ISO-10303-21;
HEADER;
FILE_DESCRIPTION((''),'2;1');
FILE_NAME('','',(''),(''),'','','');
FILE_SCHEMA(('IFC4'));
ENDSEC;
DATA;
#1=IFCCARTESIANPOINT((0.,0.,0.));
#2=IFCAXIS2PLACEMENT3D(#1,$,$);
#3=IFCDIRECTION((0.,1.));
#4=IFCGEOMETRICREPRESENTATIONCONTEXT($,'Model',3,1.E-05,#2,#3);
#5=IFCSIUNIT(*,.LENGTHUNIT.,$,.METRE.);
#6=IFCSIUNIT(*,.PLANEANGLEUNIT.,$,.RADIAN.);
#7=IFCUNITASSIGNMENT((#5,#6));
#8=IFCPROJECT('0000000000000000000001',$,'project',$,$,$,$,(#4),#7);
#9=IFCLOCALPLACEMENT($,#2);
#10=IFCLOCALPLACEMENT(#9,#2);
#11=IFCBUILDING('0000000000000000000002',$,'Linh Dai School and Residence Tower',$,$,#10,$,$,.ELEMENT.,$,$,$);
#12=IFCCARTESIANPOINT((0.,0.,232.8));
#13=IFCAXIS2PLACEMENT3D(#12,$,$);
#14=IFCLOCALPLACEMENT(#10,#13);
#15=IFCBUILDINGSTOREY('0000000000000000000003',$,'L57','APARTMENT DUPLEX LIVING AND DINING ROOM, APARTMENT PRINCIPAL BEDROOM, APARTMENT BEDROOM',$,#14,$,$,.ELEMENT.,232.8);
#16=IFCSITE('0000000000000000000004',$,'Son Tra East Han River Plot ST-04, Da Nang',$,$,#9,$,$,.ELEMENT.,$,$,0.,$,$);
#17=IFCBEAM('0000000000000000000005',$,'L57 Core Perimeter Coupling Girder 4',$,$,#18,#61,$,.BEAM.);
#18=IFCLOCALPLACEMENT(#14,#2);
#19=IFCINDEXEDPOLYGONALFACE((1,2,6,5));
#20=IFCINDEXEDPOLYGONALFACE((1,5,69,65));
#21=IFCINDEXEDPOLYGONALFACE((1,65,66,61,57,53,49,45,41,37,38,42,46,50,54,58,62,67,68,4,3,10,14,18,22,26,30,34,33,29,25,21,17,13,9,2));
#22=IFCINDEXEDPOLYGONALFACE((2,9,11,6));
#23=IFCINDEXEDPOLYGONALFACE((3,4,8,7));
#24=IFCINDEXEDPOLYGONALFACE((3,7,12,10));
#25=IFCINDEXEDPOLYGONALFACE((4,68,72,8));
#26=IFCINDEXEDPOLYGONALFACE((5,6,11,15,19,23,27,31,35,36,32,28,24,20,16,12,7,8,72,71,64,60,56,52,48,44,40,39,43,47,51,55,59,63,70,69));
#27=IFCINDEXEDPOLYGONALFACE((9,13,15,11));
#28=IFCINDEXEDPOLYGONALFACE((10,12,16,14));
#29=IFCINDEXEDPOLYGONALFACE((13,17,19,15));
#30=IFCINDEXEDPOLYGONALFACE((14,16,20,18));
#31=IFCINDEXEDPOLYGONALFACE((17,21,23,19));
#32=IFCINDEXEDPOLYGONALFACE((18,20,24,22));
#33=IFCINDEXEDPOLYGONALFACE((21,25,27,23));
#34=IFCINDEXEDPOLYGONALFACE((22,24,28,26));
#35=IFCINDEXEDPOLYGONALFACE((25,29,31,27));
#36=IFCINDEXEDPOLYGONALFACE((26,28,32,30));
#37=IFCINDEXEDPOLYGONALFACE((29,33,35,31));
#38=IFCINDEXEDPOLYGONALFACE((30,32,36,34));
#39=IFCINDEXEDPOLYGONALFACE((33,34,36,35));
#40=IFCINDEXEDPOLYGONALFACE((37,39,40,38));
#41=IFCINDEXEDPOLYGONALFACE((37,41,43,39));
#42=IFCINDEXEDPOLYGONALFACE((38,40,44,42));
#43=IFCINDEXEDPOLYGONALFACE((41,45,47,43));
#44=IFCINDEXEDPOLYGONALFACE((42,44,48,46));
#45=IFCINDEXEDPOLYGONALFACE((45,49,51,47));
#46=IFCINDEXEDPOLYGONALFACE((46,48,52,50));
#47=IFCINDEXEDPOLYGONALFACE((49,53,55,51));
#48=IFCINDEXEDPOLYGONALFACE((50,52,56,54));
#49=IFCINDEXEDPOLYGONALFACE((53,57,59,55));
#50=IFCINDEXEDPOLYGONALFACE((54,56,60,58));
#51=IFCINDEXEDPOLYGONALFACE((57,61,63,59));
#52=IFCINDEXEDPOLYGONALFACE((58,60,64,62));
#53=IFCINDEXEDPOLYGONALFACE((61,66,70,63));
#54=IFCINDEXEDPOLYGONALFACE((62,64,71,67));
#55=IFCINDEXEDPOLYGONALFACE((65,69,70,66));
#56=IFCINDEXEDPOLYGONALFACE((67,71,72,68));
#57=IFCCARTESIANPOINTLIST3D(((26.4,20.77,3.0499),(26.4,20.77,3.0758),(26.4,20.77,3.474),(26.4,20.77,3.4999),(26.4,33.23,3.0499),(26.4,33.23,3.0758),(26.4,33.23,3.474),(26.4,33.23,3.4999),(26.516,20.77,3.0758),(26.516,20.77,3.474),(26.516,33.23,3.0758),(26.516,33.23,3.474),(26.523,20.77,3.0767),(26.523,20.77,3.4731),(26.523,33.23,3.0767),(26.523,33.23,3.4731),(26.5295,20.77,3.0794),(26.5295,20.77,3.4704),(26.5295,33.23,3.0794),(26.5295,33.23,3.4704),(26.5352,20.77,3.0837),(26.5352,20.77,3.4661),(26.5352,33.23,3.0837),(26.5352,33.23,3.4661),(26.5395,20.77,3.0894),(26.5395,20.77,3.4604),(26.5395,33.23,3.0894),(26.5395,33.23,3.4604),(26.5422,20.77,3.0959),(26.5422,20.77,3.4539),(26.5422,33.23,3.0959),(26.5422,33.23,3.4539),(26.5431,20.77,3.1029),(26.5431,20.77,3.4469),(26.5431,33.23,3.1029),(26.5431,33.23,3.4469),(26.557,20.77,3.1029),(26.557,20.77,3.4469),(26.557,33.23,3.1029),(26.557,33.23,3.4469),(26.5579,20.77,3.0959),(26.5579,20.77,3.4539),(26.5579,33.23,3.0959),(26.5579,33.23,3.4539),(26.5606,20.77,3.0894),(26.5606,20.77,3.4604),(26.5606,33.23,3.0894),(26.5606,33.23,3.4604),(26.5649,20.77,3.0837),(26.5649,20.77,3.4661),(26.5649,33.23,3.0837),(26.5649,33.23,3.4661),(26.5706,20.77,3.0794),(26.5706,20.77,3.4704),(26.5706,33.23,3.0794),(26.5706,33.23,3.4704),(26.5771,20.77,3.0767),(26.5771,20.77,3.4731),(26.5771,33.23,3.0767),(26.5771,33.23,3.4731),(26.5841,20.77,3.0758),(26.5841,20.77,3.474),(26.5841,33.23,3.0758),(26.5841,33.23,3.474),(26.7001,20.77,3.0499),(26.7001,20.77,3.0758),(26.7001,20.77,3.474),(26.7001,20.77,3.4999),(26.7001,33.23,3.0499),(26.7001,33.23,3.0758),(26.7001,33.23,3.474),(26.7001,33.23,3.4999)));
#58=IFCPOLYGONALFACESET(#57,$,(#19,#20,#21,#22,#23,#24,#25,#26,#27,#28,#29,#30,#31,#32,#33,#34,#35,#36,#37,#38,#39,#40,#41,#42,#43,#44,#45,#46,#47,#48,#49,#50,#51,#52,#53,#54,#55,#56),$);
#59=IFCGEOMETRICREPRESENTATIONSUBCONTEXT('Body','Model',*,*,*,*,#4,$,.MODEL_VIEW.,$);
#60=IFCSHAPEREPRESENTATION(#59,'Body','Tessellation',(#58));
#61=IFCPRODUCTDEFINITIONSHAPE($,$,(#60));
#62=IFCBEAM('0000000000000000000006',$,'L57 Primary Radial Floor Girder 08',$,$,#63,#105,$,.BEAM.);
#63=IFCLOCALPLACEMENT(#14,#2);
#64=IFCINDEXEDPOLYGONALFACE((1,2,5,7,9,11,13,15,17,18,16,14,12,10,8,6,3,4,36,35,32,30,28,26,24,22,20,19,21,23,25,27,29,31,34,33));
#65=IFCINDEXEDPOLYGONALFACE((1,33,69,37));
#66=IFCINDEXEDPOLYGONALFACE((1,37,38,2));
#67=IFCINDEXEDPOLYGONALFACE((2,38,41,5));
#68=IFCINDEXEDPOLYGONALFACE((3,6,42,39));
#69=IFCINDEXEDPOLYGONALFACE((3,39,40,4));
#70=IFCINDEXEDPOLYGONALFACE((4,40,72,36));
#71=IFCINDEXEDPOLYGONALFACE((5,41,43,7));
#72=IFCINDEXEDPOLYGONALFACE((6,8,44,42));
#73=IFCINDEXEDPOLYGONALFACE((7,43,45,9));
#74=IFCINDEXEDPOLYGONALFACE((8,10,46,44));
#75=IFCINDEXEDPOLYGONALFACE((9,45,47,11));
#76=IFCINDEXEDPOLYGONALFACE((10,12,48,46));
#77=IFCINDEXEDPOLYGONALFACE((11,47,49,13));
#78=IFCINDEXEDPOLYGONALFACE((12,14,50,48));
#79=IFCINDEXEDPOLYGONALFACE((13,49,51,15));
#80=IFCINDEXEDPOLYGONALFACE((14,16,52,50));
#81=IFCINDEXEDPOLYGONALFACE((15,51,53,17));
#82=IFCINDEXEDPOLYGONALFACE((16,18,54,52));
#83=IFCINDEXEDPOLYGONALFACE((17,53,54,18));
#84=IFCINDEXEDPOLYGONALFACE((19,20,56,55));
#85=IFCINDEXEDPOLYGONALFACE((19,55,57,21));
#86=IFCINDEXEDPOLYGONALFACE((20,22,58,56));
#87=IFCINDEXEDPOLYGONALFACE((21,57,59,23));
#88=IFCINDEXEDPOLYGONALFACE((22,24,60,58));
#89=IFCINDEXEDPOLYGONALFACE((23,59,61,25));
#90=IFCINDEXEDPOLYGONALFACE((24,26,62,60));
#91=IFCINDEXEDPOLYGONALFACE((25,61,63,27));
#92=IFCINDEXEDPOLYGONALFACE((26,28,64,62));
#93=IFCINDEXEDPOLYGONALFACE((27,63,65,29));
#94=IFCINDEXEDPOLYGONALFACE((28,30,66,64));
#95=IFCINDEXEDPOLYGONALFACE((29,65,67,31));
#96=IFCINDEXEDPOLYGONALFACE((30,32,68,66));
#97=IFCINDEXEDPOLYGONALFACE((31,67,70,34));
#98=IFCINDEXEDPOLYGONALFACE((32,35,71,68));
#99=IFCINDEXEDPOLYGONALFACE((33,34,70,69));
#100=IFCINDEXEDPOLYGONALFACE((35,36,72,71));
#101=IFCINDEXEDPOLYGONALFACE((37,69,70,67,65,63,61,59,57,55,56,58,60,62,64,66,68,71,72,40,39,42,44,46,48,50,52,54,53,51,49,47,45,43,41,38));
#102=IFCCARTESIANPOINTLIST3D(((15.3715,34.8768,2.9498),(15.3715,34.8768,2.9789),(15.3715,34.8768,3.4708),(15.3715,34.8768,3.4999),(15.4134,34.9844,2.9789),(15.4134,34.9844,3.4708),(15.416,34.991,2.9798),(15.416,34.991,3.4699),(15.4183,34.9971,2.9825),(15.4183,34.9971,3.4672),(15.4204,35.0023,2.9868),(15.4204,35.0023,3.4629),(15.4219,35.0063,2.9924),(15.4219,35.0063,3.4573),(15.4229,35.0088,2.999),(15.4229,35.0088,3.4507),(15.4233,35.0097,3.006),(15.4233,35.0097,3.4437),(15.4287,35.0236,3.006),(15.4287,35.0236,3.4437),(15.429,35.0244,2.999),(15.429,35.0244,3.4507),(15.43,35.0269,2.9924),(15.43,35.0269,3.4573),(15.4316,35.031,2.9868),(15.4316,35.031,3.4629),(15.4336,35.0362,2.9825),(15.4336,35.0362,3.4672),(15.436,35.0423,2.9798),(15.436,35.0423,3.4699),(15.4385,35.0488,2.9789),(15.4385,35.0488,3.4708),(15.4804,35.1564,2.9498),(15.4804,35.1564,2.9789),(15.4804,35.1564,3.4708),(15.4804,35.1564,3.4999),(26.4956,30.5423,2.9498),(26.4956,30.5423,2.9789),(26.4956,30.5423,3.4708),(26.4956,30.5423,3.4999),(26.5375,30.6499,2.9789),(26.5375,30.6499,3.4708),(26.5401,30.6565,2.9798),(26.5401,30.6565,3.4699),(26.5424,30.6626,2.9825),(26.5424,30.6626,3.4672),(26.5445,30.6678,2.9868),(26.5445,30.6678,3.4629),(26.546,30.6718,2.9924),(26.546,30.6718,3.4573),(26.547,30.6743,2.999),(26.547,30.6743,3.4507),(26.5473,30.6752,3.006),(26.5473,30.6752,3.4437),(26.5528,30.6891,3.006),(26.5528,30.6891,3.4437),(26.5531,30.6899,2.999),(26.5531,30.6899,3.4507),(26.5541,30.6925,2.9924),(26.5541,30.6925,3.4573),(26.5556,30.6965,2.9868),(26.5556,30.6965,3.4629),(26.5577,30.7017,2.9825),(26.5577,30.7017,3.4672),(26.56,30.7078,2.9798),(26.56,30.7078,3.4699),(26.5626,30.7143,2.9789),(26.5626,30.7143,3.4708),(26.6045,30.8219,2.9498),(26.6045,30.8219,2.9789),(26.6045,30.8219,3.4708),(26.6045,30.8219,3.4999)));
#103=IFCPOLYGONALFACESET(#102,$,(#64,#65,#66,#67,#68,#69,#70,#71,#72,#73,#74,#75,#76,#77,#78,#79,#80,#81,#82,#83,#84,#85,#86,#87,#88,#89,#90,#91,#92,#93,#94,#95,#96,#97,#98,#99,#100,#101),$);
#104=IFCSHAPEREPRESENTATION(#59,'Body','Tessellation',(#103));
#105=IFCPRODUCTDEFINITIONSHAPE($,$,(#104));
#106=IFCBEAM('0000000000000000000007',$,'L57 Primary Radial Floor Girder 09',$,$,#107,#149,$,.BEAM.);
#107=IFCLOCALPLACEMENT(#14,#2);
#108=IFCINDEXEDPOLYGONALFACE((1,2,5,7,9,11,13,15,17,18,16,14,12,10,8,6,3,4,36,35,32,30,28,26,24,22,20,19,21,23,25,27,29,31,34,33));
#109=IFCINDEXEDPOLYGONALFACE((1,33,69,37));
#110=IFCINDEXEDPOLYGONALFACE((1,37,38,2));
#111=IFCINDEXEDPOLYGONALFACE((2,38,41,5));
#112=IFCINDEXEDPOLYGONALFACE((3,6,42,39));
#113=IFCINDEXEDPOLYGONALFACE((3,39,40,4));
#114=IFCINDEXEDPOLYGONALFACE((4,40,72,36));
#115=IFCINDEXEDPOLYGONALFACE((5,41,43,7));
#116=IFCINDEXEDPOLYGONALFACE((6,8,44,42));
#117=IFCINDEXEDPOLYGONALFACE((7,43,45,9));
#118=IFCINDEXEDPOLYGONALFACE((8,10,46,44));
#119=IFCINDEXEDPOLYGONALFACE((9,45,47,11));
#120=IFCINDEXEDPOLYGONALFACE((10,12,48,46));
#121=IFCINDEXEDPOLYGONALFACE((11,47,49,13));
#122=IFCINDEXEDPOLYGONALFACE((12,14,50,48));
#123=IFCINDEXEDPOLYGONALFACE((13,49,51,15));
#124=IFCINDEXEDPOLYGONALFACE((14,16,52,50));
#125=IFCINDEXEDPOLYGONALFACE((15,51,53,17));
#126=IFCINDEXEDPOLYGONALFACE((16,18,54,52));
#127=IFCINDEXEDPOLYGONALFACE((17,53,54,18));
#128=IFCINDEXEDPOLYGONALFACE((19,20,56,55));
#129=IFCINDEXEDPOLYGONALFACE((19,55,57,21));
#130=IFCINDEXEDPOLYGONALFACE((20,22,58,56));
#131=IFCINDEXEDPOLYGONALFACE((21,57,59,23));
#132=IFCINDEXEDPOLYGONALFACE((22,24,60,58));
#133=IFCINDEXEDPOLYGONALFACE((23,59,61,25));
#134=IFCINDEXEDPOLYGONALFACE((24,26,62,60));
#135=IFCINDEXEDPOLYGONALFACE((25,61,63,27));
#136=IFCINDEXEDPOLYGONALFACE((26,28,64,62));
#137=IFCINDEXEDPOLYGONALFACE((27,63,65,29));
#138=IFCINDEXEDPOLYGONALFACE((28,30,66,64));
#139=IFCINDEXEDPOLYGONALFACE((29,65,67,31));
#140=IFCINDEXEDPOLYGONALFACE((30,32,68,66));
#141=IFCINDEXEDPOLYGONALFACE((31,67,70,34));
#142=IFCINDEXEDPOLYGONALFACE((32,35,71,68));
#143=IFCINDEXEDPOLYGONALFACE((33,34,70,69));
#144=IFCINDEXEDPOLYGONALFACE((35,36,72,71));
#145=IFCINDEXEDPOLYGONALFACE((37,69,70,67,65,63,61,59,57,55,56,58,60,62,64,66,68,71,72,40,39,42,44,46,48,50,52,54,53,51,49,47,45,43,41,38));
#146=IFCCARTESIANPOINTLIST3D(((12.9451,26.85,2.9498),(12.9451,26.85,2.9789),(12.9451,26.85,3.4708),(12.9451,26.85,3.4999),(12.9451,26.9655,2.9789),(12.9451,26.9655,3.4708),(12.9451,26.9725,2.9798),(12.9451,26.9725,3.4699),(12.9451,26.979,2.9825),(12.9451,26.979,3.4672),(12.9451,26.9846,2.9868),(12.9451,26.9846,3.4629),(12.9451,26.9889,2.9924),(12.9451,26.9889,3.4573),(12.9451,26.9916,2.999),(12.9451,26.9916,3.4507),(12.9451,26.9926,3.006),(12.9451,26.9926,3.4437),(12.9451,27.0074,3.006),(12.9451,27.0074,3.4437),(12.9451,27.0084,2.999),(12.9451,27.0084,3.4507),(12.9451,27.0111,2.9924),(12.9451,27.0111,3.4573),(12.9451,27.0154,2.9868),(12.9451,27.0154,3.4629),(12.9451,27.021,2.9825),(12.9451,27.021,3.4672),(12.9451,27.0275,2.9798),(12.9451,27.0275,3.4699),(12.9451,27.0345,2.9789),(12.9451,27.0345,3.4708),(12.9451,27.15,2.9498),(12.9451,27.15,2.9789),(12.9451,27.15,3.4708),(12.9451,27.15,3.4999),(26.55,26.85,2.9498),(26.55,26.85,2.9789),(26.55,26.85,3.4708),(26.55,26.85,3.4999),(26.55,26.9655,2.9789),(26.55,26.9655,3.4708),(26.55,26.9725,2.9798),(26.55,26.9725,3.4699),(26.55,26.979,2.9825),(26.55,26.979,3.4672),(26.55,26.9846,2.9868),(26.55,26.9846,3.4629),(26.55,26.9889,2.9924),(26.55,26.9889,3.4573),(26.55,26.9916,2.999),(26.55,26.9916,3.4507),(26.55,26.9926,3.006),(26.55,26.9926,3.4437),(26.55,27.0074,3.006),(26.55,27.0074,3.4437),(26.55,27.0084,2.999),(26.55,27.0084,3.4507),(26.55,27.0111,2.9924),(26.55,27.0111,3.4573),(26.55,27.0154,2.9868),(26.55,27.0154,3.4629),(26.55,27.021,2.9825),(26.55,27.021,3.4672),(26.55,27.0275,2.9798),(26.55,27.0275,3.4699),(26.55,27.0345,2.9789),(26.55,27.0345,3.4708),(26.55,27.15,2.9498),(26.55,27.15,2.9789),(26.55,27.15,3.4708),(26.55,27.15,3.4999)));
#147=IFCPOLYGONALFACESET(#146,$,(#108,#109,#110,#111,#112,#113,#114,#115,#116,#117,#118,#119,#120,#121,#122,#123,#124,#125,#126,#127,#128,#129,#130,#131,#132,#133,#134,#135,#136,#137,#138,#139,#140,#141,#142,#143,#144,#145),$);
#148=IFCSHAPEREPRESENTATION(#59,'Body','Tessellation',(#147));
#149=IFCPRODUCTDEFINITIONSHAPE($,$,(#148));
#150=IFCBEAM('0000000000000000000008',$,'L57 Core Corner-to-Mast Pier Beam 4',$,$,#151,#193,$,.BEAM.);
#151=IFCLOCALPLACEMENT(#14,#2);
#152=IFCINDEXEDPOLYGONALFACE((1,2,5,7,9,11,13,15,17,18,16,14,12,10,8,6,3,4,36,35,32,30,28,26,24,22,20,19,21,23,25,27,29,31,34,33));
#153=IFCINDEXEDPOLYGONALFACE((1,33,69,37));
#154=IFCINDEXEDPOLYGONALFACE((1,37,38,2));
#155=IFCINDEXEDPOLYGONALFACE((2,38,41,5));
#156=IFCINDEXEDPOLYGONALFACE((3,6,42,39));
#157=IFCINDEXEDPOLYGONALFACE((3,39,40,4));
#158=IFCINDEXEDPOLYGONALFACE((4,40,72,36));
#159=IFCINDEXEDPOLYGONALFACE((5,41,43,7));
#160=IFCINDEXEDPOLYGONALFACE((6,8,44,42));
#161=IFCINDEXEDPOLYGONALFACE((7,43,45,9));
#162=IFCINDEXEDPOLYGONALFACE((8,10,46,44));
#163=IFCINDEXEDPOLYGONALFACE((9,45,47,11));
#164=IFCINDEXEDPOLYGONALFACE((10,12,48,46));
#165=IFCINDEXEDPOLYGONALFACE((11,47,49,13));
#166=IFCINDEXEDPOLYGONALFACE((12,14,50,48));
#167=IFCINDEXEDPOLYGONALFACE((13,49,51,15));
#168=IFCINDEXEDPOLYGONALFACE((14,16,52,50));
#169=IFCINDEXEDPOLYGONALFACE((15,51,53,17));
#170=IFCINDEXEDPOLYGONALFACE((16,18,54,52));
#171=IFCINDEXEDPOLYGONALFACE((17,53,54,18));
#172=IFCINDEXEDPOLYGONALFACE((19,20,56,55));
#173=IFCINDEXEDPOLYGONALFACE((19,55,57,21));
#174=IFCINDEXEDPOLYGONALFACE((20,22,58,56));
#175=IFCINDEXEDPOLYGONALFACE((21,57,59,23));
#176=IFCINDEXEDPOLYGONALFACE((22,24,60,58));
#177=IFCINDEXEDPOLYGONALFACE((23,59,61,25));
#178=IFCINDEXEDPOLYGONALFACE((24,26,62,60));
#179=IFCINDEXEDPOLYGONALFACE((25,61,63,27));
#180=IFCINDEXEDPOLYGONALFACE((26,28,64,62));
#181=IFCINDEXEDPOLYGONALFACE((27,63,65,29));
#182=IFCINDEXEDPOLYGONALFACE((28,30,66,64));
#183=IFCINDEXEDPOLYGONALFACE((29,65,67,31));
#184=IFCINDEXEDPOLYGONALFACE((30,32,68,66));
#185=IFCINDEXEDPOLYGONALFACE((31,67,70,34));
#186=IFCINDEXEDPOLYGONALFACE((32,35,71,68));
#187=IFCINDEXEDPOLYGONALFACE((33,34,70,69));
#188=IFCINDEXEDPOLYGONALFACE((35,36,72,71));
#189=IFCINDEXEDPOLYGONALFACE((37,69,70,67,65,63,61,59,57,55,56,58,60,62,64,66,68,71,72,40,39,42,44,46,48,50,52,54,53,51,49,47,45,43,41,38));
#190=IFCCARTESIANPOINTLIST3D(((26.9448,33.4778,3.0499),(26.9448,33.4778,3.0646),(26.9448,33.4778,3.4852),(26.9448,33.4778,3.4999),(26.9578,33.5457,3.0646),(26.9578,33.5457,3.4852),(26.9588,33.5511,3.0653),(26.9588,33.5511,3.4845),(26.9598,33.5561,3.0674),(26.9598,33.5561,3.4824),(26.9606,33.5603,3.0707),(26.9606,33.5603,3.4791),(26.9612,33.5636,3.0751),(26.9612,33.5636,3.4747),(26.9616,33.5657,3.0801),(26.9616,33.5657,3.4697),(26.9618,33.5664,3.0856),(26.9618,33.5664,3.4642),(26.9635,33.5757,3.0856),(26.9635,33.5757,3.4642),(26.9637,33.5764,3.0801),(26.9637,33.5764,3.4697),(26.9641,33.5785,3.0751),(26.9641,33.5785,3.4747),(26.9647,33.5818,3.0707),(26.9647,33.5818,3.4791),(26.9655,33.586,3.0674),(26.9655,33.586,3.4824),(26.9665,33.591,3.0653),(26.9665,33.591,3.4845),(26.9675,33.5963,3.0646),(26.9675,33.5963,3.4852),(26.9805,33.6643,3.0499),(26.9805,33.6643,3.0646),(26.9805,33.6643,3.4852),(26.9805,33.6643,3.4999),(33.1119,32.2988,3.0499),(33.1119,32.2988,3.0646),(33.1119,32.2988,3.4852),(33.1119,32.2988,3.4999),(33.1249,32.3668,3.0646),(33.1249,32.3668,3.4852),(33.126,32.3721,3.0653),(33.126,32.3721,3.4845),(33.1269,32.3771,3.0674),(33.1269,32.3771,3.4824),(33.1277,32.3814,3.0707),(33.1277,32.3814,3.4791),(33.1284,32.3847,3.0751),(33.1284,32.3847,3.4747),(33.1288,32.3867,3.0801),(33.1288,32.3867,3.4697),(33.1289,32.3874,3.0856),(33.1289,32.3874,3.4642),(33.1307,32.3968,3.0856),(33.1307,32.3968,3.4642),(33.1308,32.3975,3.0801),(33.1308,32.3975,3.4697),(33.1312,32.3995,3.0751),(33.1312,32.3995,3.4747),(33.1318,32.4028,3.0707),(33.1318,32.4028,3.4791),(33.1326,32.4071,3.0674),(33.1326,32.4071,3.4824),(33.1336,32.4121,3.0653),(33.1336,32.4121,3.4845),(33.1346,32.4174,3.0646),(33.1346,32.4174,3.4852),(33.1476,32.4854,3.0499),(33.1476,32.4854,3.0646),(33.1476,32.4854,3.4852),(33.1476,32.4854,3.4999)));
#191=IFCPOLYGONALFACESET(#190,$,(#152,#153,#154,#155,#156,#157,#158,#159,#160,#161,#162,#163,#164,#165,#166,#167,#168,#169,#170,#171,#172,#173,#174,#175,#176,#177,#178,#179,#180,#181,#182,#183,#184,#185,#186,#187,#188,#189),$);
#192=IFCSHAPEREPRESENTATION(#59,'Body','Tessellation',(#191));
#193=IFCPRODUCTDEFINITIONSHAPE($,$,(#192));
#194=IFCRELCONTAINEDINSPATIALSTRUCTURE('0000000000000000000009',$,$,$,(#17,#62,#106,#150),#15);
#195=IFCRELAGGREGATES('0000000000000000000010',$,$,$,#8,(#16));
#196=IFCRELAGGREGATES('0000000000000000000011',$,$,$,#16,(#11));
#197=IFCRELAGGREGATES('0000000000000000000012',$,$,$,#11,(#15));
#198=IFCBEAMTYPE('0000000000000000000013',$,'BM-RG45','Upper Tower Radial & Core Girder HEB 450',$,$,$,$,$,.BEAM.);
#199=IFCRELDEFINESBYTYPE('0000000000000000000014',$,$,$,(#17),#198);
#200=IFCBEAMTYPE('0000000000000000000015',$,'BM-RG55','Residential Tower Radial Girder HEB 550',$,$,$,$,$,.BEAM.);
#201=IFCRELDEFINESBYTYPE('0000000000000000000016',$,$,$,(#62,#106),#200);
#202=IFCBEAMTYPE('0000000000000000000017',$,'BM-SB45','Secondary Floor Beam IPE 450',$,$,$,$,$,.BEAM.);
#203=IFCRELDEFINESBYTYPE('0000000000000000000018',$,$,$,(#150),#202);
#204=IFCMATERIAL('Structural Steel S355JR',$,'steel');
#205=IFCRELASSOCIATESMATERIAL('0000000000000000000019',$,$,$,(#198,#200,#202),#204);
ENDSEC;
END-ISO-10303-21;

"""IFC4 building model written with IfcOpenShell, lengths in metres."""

from ifc_helpers import new_model, si_unit, direction, frame, origin, origin_2d, place, context, subcontext, project, spatial, i_section, extrude, material, material_profile, profile_set, type_object, element, save


model = new_model("IFC4")

# Units and contexts
model_context = context("Model", 3, precision=1e-05, world=origin(), true_north=direction((0.0, 1.0)))
body_context = subcontext(model_context, "Body", "Model", "MODEL_VIEW")
ifc_project = project(units=[si_unit("LENGTHUNIT", "METRE"), si_unit("PLANEANGLEUNIT", "RADIAN")], contexts=[model_context])

# Site, building, storey
site_placement = place(None, origin())
site = spatial("IfcSite", under=ifc_project, at=site_placement, Name="Son Tra East Han River Plot ST-04, Da Nang", CompositionType="ELEMENT", RefElevation=0.0)
building_placement = place(site_placement, origin())
building = spatial("IfcBuilding", under=site, at=building_placement, Name="Linh Dai School and Residence Tower", CompositionType="ELEMENT")
storey_placement = place(building_placement, frame((0.0, 0.0, 232.8)))
storey = spatial("IfcBuildingStorey", under=building, at=storey_placement, Name="L57", Description="APARTMENT DUPLEX LIVING AND DINING ROOM, APARTMENT PRINCIPAL BEDROOM, APARTMENT BEDROOM", CompositionType="ELEMENT", Elevation=232.8)

# Shared definitions
ifc_material_1 = material(Name="Structural Steel S355JR", Category="steel")

# Beams
ifc_material_profile_1 = material_profile(ifc_material_1, i_section(OverallWidth=0.3, OverallDepth=0.45, WebThickness=0.0139, FlangeThickness=0.0259, FilletRadius=0.0271, at=origin_2d()), Name="HEB 450")
ifc_profile_set_1 = profile_set([ifc_material_profile_1], Name="Structural Steel S355JR")
beam_type_1 = type_object("IfcBeamType", Name="BM-RG45", Description="Upper Tower Radial & Core Girder HEB 450", PredefinedType="BEAM", material=ifc_profile_set_1)
beam_1_placement = place(storey_placement, frame((26.55, 33.23, 3.2749), z_axis=(0.0, -1.0, 0.0), x_axis=(1.0, 0.0, 0.0)))
element("IfcBeam", 1, at=beam_1_placement, inside=storey, type_object=beam_type_1, Name="L57 Core Perimeter Coupling Girder 4", PredefinedType="BEAM", context=body_context, shape_type="SweptSolid", body=[
    extrude(i_section(OverallWidth=0.3, OverallDepth=0.45, WebThickness=0.0139, FlangeThickness=0.0259, FilletRadius=0.0271, at=origin_2d()), origin(), (0.0, 0.0, 1.0), 12.46),
])
ifc_material_profile_2 = material_profile(ifc_material_1, i_section(OverallWidth=0.3, OverallDepth=0.55, WebThickness=0.0149, FlangeThickness=0.0291, FilletRadius=0.0271, at=origin_2d()), Name="HEB 550")
ifc_profile_set_2 = profile_set([ifc_material_profile_2], Name="Structural Steel S355JR")
beam_type_2 = type_object("IfcBeamType", Name="BM-RG55", Description="Residential Tower Radial Girder HEB 550", PredefinedType="BEAM", material=ifc_profile_set_2)
beam_2_placement = place(storey_placement, frame((26.55, 30.6821, 3.2249), z_axis=(-0.931765, 0.363062, 0.0), x_axis=(-0.363062, -0.931765, 0.0)))
element("IfcBeam", 2, at=beam_2_placement, inside=storey, type_object=beam_type_2, Name="L57 Primary Radial Floor Girder 08", PredefinedType="BEAM", context=body_context, shape_type="SweptSolid", body=[
    extrude(i_section(OverallWidth=0.3, OverallDepth=0.55, WebThickness=0.0149, FlangeThickness=0.0291, FilletRadius=0.0271, at=origin_2d()), origin(), (0.0, 0.0, 1.0), 11.9387),
])
beam_3_placement = place(storey_placement, frame((26.55, 27.0, 3.2249), z_axis=(-1.0, 0.0, 0.0), x_axis=(0.0, -1.0, 0.0)))
element("IfcBeam", 3, at=beam_3_placement, inside=storey, type_object=beam_type_2, Name="L57 Primary Radial Floor Girder 09", PredefinedType="BEAM", context=body_context, shape_type="SweptSolid", body=[
    extrude(i_section(OverallWidth=0.3, OverallDepth=0.55, WebThickness=0.0149, FlangeThickness=0.0291, FilletRadius=0.0271, at=origin_2d()), origin(), (0.0, 0.0, 1.0), 13.605),
])
ifc_material_profile_3 = material_profile(ifc_material_1, i_section(OverallWidth=0.1899, OverallDepth=0.45, WebThickness=0.0095, FlangeThickness=0.0146, FilletRadius=0.021, at=origin_2d()), Name="IPE 450")
ifc_profile_set_3 = profile_set([ifc_material_profile_3], Name="Structural Steel S355JR")
beam_type_3 = type_object("IfcBeamType", Name="BM-SB45", Description="Secondary Floor Beam IPE 450", PredefinedType="BEAM", material=ifc_profile_set_3)
beam_4_placement = place(storey_placement, frame((26.9626, 33.571, 3.2749), z_axis=(0.982214, -0.187764, 0.0), x_axis=(0.187764, 0.982214, 0.0)))
element("IfcBeam", 4, at=beam_4_placement, inside=storey, type_object=beam_type_3, Name="L57 Core Corner-to-Mast Pier Beam 4", PredefinedType="BEAM", context=body_context, shape_type="SweptSolid", body=[
    extrude(i_section(OverallWidth=0.1899, OverallDepth=0.45, WebThickness=0.0095, FlangeThickness=0.0146, FilletRadius=0.021, at=origin_2d()), origin(), (0.0, 0.0, 1.0), 6.2788),
])

save(model, "model.ifc")
